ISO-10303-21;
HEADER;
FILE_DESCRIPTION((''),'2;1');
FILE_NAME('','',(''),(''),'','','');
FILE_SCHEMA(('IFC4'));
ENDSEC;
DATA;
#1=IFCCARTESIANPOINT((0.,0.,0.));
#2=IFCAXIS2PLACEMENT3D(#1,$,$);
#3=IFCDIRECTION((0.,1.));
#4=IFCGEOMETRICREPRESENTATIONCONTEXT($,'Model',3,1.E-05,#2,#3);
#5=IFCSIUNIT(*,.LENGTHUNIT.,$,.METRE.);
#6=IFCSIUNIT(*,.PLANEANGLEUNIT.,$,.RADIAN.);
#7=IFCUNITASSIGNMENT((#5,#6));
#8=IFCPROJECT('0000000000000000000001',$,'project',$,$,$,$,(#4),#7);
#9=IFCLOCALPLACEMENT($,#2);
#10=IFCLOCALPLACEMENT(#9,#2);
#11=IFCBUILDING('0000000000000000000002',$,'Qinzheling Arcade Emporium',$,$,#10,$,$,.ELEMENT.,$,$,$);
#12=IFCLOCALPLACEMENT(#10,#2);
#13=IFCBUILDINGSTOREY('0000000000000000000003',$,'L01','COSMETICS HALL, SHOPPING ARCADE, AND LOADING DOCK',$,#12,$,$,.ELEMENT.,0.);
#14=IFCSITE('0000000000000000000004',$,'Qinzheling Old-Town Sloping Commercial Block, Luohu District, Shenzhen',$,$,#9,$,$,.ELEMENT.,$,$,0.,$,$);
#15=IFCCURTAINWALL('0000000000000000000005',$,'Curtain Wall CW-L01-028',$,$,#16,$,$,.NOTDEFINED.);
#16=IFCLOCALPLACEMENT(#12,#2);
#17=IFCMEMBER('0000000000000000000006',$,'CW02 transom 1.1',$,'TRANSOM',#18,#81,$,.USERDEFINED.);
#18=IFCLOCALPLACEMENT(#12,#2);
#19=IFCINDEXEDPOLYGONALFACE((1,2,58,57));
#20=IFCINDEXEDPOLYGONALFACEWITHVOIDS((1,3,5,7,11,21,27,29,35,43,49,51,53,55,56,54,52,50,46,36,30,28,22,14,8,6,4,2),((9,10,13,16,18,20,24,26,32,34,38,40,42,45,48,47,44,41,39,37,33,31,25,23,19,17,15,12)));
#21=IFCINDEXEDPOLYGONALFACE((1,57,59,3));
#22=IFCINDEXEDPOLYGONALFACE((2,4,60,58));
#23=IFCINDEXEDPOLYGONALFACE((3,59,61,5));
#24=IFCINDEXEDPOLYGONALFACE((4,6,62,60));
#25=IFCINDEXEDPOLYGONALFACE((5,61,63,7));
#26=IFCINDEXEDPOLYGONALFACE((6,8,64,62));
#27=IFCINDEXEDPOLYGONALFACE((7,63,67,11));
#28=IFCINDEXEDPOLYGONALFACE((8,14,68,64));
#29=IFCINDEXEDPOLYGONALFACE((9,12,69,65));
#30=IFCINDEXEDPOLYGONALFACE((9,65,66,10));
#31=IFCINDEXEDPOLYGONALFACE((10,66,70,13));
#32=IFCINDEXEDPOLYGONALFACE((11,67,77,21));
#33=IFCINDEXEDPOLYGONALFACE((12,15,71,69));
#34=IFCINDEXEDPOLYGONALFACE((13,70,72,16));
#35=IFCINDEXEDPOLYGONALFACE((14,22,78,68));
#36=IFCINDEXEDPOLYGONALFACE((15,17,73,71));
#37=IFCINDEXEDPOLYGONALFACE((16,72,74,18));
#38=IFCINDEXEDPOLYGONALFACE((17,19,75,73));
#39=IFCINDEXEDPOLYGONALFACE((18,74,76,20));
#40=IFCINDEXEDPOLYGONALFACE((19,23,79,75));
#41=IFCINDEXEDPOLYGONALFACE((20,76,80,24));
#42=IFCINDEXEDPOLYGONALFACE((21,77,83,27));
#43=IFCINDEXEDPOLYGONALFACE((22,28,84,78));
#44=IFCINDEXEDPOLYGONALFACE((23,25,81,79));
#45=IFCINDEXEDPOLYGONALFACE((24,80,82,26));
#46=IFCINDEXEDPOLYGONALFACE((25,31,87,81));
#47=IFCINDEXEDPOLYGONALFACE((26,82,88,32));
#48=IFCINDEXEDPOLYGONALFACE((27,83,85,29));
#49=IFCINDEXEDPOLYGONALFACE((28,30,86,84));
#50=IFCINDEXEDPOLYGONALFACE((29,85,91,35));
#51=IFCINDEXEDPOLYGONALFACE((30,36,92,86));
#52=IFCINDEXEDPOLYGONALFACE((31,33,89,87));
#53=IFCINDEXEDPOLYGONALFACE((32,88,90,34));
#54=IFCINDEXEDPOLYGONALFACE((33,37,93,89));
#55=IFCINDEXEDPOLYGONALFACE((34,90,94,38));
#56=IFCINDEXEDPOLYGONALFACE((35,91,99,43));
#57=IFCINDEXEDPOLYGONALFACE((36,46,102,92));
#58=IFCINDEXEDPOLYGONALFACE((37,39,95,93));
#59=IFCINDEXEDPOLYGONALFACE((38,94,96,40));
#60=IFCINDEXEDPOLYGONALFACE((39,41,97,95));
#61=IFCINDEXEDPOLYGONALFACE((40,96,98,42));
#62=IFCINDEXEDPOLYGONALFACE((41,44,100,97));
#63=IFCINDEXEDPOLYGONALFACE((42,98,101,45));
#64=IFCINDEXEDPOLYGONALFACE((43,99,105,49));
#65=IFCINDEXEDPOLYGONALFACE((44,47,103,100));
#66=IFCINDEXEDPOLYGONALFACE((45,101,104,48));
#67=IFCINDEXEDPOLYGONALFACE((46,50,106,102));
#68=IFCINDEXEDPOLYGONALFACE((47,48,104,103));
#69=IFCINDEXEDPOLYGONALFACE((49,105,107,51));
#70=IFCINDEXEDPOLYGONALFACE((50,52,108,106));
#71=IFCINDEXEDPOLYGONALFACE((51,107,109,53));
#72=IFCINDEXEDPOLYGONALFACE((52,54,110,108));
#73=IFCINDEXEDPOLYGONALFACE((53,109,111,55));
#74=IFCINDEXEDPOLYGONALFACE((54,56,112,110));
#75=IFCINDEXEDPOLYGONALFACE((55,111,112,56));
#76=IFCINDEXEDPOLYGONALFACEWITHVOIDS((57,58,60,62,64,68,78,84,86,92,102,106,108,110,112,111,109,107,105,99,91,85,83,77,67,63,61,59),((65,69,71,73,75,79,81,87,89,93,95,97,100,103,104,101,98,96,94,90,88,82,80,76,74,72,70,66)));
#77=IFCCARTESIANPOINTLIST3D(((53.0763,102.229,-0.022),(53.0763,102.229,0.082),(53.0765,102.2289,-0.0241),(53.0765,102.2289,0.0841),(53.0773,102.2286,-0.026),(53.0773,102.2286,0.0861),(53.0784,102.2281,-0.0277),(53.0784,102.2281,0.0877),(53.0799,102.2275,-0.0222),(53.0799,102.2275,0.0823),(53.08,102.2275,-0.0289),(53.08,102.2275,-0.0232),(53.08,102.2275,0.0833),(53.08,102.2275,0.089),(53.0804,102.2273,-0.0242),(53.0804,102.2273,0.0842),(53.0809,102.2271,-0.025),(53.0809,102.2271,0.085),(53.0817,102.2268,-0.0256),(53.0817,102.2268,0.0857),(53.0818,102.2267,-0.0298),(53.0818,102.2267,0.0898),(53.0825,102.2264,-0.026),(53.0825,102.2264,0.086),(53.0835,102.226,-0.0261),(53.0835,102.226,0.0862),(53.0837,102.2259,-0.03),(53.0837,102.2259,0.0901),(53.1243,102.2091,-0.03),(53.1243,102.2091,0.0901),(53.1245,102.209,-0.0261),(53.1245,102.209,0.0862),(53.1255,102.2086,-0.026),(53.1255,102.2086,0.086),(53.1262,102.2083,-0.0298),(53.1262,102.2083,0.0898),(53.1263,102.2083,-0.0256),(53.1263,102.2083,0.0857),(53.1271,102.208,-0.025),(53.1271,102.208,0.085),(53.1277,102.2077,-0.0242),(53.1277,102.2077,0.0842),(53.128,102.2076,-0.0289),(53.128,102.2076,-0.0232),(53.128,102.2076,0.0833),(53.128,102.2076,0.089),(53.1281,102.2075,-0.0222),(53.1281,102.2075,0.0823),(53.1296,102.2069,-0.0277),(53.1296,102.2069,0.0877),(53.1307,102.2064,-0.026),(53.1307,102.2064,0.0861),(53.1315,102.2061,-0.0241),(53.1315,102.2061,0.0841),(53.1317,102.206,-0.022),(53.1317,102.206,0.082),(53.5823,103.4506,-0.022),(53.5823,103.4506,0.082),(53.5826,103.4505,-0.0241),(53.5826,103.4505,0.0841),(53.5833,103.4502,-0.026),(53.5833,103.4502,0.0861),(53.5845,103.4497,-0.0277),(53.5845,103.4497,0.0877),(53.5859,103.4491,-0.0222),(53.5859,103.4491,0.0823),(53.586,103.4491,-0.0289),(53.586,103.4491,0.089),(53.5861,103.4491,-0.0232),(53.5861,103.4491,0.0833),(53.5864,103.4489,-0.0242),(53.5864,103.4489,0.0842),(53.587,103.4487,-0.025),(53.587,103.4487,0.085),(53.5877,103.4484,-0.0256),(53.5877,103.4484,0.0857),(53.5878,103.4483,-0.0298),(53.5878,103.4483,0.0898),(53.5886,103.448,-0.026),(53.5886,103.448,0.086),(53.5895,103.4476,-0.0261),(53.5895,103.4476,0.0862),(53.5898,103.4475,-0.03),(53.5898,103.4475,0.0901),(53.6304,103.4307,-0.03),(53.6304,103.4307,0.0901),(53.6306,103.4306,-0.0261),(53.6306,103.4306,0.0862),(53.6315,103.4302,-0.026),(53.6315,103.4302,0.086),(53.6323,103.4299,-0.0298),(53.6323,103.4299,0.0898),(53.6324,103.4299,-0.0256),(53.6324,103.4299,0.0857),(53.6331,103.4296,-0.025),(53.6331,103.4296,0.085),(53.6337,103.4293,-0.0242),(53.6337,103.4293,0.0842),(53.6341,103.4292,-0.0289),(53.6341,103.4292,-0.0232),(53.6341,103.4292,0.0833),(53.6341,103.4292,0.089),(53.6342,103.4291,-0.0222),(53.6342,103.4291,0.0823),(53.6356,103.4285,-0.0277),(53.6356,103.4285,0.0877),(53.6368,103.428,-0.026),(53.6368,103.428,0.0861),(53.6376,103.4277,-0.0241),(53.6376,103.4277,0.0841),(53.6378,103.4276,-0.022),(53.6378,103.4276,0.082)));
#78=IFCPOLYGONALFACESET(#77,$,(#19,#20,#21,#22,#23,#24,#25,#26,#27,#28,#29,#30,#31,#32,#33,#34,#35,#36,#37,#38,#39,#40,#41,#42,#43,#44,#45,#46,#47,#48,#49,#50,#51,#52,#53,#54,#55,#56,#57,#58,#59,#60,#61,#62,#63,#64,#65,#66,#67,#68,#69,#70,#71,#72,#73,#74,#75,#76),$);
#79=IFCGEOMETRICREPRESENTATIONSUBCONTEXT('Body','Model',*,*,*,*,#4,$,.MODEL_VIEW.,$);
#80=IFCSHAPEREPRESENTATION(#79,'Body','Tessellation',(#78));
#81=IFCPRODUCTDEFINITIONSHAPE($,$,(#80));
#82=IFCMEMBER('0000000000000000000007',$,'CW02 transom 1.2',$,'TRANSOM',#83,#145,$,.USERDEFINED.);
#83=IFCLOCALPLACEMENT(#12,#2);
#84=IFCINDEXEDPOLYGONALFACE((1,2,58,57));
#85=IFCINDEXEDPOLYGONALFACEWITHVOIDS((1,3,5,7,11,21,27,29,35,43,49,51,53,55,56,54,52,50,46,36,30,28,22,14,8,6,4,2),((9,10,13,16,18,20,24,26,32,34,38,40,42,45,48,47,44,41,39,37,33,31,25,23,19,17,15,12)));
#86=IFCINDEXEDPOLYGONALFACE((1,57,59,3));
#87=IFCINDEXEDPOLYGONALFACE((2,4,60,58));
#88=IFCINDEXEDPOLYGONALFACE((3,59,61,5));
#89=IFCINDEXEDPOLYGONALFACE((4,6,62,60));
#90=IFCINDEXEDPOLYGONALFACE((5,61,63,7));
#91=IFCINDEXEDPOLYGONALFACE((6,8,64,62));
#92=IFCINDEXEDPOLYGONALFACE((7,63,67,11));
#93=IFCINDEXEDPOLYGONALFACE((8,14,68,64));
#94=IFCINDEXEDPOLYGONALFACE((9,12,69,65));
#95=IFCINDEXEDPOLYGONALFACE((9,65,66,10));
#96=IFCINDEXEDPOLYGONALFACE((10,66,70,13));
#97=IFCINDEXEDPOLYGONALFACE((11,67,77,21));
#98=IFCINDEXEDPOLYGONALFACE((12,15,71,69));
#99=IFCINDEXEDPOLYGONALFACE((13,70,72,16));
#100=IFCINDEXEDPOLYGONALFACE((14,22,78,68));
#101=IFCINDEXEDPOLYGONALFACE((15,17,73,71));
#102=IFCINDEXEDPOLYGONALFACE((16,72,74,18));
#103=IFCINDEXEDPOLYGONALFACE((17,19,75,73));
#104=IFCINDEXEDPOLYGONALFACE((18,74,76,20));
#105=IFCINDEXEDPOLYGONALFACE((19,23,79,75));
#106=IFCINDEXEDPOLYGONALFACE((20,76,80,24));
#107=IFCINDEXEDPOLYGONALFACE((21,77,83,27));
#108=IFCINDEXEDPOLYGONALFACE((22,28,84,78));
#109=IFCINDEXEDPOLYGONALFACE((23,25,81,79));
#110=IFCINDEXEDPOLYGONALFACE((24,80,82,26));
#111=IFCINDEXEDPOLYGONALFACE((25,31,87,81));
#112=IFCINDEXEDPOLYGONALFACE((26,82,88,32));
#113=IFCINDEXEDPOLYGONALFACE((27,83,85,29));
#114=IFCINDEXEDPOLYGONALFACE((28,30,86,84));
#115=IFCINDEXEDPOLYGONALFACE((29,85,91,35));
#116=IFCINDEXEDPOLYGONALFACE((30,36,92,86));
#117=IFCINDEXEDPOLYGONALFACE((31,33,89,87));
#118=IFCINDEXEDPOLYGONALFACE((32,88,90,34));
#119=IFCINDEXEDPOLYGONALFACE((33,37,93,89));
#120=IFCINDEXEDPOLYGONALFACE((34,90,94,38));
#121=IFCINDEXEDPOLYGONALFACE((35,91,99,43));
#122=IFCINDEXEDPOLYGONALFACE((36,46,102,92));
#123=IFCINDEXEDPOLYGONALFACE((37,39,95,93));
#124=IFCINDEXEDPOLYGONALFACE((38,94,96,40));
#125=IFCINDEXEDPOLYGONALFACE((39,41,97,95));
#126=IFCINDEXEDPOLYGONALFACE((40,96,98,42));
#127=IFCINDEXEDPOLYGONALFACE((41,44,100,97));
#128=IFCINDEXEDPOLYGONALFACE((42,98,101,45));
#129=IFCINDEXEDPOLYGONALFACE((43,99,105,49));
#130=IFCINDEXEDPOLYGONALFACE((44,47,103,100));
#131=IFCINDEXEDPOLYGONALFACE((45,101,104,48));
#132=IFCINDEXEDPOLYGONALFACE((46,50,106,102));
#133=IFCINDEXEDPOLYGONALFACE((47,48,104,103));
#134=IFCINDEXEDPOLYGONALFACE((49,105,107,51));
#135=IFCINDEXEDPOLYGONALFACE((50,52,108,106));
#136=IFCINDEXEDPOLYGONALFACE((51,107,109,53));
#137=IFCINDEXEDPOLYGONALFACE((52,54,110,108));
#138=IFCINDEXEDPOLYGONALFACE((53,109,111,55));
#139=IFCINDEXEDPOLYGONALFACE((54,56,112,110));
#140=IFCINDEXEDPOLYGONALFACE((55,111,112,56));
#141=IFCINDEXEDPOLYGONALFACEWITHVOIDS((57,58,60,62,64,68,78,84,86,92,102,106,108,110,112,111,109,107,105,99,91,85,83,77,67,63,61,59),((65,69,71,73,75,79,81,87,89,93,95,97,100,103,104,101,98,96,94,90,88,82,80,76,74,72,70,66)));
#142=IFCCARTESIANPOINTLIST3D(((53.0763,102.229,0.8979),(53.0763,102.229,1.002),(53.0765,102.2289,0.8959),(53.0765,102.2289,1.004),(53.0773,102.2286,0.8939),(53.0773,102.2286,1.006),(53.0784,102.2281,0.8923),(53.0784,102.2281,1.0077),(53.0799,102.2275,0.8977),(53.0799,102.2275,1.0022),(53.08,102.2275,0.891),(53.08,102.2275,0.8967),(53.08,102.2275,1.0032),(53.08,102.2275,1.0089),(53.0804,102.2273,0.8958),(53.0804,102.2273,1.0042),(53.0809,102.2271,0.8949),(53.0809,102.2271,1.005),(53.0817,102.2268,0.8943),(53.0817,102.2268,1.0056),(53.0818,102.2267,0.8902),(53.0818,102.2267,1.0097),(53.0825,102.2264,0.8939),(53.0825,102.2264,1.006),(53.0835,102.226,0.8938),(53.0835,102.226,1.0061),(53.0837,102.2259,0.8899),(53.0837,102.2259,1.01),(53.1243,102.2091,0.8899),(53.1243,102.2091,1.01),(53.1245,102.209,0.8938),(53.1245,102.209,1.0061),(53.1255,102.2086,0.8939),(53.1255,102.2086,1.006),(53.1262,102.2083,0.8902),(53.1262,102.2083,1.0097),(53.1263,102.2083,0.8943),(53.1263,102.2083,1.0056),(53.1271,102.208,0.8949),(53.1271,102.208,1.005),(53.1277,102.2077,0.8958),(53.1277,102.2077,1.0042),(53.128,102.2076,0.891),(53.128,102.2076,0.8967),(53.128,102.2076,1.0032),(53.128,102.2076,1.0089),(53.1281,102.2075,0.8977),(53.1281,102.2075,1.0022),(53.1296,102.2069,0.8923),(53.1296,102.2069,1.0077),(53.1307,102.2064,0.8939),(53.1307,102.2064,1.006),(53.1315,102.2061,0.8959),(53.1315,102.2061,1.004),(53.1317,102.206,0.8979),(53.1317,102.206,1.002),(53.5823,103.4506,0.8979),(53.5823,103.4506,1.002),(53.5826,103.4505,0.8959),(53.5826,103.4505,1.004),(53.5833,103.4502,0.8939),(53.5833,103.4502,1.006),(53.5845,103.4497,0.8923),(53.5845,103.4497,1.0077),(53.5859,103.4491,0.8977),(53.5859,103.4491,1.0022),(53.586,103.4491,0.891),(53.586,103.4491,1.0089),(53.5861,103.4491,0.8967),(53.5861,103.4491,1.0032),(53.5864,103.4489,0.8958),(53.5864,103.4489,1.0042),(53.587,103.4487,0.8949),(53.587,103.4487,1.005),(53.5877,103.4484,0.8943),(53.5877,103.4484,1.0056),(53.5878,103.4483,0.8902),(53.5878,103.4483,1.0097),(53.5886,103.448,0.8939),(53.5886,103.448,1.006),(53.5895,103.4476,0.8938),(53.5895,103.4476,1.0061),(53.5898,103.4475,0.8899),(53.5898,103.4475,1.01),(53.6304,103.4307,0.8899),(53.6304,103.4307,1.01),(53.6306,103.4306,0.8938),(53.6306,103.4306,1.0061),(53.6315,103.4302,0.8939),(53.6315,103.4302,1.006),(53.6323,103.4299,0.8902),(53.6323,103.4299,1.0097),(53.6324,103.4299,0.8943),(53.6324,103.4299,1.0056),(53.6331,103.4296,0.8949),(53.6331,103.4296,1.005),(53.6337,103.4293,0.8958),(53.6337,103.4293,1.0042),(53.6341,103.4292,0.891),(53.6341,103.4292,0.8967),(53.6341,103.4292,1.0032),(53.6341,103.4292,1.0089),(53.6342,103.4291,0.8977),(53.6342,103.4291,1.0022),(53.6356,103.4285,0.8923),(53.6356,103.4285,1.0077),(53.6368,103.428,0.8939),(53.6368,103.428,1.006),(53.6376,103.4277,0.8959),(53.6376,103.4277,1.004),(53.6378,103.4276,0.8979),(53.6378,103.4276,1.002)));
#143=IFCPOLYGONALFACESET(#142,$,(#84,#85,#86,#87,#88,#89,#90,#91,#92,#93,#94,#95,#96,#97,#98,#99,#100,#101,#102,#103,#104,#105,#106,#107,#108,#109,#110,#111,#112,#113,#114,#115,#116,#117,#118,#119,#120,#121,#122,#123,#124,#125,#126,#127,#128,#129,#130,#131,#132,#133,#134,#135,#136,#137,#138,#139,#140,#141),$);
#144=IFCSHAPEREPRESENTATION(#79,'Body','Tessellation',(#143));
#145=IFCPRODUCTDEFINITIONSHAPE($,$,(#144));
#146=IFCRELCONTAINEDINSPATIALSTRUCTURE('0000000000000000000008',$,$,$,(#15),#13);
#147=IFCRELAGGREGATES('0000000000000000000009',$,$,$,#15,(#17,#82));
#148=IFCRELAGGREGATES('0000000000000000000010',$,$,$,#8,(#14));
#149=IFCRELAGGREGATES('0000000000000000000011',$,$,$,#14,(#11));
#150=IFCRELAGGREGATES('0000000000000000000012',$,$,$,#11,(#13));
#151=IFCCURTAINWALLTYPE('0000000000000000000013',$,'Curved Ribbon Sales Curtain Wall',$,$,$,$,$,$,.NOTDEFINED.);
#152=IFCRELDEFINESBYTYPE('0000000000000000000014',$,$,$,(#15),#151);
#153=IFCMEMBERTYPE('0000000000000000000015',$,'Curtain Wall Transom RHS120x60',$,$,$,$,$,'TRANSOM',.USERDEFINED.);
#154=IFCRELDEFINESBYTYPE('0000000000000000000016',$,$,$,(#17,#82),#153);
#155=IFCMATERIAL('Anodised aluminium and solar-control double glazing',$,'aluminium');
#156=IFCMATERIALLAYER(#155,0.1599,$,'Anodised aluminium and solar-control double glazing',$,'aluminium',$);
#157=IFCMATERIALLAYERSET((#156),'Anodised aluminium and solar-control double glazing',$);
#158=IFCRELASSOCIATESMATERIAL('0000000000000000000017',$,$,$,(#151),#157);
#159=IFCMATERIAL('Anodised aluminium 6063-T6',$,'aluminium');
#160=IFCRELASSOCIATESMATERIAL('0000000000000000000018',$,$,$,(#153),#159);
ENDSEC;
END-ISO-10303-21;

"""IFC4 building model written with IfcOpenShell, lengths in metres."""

from ifc_helpers import new_model, si_unit, direction, frame, origin, origin_2d, place, context, subcontext, project, spatial, hollow_rectangle, extrude, material, layer, layer_set, material_profile, profile_set, type_object, element, aggregate, save


model = new_model("IFC4")

# Units and contexts
model_context = context("Model", 3, precision=1e-05, world=origin(), true_north=direction((0.0, 1.0)))
body_context = subcontext(model_context, "Body", "Model", "MODEL_VIEW")
ifc_project = project(units=[si_unit("LENGTHUNIT", "METRE"), si_unit("PLANEANGLEUNIT", "RADIAN")], contexts=[model_context])

# Site, building, storey
site_placement = place(None, origin())
site = spatial("IfcSite", under=ifc_project, at=site_placement, Name="Qinzheling Old-Town Sloping Commercial Block, Luohu District, Shenzhen", CompositionType="ELEMENT", RefElevation=0.0)
building_placement = place(site_placement, origin())
building = spatial("IfcBuilding", under=site, at=building_placement, Name="Qinzheling Arcade Emporium", CompositionType="ELEMENT")
storey_placement = place(building_placement, origin())
storey = spatial("IfcBuildingStorey", under=building, at=storey_placement, Name="L01", Description="COSMETICS HALL, SHOPPING ARCADE, AND LOADING DOCK", CompositionType="ELEMENT", Elevation=0.0)

# Shared definitions
ifc_material_1 = material(Name="Anodised aluminium and solar-control double glazing", Category="aluminium")
ifc_layer_1 = layer(ifc_material_1, 0.1599, Name="Anodised aluminium and solar-control double glazing", Category="aluminium")
ifc_layer_set_1 = layer_set([ifc_layer_1], Name="Anodised aluminium and solar-control double glazing")
curtain_wall_type = type_object("IfcCurtainWallType", Name="Curved Ribbon Sales Curtain Wall", PredefinedType="NOTDEFINED", material=ifc_layer_set_1)
ifc_material_2 = material(Name="Anodised aluminium 6063-T6", Category="aluminium")

# Curtain wall
curtain_wall_1_placement = place(storey_placement, origin())
curtain_wall_1 = element("IfcCurtainWall", 1, at=curtain_wall_1_placement, inside=storey, type_object=curtain_wall_type, Name="Curtain Wall CW-L01-028", PredefinedType="NOTDEFINED")

# Members
ifc_material_profile_1 = material_profile(ifc_material_2, hollow_rectangle(XDim=0.0601, YDim=0.1201, WallThickness=0.0039, InnerFilletRadius=0.0039, OuterFilletRadius=0.0081, at=origin_2d()), Name="RHS 120x60x4", Category="aluminium")
ifc_profile_set_1 = profile_set([ifc_material_profile_1], Name="Anodised aluminium 6063-T6")
member_type_1 = type_object("IfcMemberType", Name="Curtain Wall Transom RHS120x60", ElementType="TRANSOM", PredefinedType="USERDEFINED", material=ifc_profile_set_1)
member_1_placement = place(storey_placement, frame((53.104, 102.2175, 0.03), z_axis=(0.382727, 0.923862, 0.0), x_axis=(-0.923862, 0.382727, 0.0)))
member_1 = element("IfcMember", 2, at=member_1_placement, type_object=member_type_1, Name="CW02 transom 1.1", ObjectType="TRANSOM", PredefinedType="USERDEFINED", context=body_context, shape_type="SweptSolid", body=[
    extrude(hollow_rectangle(XDim=0.0601, YDim=0.1201, WallThickness=0.0039, InnerFilletRadius=0.0039, OuterFilletRadius=0.0081, at=origin_2d()), origin(), (0.0, 0.0, 1.0), 1.3223),
])
member_2_placement = place(storey_placement, frame((53.104, 102.2175, 0.95), z_axis=(0.382727, 0.923862, 0.0), x_axis=(-0.923862, 0.382727, 0.0)))
member_2 = element("IfcMember", 3, at=member_2_placement, type_object=member_type_1, Name="CW02 transom 1.2", ObjectType="TRANSOM", PredefinedType="USERDEFINED", context=body_context, shape_type="SweptSolid", body=[
    extrude(hollow_rectangle(XDim=0.0601, YDim=0.1201, WallThickness=0.0039, InnerFilletRadius=0.0039, OuterFilletRadius=0.0081, at=origin_2d()), origin(), (0.0, 0.0, 1.0), 1.3223),
])

aggregate(curtain_wall_1, [member_1, member_2])

save(model, "model.ifc")
